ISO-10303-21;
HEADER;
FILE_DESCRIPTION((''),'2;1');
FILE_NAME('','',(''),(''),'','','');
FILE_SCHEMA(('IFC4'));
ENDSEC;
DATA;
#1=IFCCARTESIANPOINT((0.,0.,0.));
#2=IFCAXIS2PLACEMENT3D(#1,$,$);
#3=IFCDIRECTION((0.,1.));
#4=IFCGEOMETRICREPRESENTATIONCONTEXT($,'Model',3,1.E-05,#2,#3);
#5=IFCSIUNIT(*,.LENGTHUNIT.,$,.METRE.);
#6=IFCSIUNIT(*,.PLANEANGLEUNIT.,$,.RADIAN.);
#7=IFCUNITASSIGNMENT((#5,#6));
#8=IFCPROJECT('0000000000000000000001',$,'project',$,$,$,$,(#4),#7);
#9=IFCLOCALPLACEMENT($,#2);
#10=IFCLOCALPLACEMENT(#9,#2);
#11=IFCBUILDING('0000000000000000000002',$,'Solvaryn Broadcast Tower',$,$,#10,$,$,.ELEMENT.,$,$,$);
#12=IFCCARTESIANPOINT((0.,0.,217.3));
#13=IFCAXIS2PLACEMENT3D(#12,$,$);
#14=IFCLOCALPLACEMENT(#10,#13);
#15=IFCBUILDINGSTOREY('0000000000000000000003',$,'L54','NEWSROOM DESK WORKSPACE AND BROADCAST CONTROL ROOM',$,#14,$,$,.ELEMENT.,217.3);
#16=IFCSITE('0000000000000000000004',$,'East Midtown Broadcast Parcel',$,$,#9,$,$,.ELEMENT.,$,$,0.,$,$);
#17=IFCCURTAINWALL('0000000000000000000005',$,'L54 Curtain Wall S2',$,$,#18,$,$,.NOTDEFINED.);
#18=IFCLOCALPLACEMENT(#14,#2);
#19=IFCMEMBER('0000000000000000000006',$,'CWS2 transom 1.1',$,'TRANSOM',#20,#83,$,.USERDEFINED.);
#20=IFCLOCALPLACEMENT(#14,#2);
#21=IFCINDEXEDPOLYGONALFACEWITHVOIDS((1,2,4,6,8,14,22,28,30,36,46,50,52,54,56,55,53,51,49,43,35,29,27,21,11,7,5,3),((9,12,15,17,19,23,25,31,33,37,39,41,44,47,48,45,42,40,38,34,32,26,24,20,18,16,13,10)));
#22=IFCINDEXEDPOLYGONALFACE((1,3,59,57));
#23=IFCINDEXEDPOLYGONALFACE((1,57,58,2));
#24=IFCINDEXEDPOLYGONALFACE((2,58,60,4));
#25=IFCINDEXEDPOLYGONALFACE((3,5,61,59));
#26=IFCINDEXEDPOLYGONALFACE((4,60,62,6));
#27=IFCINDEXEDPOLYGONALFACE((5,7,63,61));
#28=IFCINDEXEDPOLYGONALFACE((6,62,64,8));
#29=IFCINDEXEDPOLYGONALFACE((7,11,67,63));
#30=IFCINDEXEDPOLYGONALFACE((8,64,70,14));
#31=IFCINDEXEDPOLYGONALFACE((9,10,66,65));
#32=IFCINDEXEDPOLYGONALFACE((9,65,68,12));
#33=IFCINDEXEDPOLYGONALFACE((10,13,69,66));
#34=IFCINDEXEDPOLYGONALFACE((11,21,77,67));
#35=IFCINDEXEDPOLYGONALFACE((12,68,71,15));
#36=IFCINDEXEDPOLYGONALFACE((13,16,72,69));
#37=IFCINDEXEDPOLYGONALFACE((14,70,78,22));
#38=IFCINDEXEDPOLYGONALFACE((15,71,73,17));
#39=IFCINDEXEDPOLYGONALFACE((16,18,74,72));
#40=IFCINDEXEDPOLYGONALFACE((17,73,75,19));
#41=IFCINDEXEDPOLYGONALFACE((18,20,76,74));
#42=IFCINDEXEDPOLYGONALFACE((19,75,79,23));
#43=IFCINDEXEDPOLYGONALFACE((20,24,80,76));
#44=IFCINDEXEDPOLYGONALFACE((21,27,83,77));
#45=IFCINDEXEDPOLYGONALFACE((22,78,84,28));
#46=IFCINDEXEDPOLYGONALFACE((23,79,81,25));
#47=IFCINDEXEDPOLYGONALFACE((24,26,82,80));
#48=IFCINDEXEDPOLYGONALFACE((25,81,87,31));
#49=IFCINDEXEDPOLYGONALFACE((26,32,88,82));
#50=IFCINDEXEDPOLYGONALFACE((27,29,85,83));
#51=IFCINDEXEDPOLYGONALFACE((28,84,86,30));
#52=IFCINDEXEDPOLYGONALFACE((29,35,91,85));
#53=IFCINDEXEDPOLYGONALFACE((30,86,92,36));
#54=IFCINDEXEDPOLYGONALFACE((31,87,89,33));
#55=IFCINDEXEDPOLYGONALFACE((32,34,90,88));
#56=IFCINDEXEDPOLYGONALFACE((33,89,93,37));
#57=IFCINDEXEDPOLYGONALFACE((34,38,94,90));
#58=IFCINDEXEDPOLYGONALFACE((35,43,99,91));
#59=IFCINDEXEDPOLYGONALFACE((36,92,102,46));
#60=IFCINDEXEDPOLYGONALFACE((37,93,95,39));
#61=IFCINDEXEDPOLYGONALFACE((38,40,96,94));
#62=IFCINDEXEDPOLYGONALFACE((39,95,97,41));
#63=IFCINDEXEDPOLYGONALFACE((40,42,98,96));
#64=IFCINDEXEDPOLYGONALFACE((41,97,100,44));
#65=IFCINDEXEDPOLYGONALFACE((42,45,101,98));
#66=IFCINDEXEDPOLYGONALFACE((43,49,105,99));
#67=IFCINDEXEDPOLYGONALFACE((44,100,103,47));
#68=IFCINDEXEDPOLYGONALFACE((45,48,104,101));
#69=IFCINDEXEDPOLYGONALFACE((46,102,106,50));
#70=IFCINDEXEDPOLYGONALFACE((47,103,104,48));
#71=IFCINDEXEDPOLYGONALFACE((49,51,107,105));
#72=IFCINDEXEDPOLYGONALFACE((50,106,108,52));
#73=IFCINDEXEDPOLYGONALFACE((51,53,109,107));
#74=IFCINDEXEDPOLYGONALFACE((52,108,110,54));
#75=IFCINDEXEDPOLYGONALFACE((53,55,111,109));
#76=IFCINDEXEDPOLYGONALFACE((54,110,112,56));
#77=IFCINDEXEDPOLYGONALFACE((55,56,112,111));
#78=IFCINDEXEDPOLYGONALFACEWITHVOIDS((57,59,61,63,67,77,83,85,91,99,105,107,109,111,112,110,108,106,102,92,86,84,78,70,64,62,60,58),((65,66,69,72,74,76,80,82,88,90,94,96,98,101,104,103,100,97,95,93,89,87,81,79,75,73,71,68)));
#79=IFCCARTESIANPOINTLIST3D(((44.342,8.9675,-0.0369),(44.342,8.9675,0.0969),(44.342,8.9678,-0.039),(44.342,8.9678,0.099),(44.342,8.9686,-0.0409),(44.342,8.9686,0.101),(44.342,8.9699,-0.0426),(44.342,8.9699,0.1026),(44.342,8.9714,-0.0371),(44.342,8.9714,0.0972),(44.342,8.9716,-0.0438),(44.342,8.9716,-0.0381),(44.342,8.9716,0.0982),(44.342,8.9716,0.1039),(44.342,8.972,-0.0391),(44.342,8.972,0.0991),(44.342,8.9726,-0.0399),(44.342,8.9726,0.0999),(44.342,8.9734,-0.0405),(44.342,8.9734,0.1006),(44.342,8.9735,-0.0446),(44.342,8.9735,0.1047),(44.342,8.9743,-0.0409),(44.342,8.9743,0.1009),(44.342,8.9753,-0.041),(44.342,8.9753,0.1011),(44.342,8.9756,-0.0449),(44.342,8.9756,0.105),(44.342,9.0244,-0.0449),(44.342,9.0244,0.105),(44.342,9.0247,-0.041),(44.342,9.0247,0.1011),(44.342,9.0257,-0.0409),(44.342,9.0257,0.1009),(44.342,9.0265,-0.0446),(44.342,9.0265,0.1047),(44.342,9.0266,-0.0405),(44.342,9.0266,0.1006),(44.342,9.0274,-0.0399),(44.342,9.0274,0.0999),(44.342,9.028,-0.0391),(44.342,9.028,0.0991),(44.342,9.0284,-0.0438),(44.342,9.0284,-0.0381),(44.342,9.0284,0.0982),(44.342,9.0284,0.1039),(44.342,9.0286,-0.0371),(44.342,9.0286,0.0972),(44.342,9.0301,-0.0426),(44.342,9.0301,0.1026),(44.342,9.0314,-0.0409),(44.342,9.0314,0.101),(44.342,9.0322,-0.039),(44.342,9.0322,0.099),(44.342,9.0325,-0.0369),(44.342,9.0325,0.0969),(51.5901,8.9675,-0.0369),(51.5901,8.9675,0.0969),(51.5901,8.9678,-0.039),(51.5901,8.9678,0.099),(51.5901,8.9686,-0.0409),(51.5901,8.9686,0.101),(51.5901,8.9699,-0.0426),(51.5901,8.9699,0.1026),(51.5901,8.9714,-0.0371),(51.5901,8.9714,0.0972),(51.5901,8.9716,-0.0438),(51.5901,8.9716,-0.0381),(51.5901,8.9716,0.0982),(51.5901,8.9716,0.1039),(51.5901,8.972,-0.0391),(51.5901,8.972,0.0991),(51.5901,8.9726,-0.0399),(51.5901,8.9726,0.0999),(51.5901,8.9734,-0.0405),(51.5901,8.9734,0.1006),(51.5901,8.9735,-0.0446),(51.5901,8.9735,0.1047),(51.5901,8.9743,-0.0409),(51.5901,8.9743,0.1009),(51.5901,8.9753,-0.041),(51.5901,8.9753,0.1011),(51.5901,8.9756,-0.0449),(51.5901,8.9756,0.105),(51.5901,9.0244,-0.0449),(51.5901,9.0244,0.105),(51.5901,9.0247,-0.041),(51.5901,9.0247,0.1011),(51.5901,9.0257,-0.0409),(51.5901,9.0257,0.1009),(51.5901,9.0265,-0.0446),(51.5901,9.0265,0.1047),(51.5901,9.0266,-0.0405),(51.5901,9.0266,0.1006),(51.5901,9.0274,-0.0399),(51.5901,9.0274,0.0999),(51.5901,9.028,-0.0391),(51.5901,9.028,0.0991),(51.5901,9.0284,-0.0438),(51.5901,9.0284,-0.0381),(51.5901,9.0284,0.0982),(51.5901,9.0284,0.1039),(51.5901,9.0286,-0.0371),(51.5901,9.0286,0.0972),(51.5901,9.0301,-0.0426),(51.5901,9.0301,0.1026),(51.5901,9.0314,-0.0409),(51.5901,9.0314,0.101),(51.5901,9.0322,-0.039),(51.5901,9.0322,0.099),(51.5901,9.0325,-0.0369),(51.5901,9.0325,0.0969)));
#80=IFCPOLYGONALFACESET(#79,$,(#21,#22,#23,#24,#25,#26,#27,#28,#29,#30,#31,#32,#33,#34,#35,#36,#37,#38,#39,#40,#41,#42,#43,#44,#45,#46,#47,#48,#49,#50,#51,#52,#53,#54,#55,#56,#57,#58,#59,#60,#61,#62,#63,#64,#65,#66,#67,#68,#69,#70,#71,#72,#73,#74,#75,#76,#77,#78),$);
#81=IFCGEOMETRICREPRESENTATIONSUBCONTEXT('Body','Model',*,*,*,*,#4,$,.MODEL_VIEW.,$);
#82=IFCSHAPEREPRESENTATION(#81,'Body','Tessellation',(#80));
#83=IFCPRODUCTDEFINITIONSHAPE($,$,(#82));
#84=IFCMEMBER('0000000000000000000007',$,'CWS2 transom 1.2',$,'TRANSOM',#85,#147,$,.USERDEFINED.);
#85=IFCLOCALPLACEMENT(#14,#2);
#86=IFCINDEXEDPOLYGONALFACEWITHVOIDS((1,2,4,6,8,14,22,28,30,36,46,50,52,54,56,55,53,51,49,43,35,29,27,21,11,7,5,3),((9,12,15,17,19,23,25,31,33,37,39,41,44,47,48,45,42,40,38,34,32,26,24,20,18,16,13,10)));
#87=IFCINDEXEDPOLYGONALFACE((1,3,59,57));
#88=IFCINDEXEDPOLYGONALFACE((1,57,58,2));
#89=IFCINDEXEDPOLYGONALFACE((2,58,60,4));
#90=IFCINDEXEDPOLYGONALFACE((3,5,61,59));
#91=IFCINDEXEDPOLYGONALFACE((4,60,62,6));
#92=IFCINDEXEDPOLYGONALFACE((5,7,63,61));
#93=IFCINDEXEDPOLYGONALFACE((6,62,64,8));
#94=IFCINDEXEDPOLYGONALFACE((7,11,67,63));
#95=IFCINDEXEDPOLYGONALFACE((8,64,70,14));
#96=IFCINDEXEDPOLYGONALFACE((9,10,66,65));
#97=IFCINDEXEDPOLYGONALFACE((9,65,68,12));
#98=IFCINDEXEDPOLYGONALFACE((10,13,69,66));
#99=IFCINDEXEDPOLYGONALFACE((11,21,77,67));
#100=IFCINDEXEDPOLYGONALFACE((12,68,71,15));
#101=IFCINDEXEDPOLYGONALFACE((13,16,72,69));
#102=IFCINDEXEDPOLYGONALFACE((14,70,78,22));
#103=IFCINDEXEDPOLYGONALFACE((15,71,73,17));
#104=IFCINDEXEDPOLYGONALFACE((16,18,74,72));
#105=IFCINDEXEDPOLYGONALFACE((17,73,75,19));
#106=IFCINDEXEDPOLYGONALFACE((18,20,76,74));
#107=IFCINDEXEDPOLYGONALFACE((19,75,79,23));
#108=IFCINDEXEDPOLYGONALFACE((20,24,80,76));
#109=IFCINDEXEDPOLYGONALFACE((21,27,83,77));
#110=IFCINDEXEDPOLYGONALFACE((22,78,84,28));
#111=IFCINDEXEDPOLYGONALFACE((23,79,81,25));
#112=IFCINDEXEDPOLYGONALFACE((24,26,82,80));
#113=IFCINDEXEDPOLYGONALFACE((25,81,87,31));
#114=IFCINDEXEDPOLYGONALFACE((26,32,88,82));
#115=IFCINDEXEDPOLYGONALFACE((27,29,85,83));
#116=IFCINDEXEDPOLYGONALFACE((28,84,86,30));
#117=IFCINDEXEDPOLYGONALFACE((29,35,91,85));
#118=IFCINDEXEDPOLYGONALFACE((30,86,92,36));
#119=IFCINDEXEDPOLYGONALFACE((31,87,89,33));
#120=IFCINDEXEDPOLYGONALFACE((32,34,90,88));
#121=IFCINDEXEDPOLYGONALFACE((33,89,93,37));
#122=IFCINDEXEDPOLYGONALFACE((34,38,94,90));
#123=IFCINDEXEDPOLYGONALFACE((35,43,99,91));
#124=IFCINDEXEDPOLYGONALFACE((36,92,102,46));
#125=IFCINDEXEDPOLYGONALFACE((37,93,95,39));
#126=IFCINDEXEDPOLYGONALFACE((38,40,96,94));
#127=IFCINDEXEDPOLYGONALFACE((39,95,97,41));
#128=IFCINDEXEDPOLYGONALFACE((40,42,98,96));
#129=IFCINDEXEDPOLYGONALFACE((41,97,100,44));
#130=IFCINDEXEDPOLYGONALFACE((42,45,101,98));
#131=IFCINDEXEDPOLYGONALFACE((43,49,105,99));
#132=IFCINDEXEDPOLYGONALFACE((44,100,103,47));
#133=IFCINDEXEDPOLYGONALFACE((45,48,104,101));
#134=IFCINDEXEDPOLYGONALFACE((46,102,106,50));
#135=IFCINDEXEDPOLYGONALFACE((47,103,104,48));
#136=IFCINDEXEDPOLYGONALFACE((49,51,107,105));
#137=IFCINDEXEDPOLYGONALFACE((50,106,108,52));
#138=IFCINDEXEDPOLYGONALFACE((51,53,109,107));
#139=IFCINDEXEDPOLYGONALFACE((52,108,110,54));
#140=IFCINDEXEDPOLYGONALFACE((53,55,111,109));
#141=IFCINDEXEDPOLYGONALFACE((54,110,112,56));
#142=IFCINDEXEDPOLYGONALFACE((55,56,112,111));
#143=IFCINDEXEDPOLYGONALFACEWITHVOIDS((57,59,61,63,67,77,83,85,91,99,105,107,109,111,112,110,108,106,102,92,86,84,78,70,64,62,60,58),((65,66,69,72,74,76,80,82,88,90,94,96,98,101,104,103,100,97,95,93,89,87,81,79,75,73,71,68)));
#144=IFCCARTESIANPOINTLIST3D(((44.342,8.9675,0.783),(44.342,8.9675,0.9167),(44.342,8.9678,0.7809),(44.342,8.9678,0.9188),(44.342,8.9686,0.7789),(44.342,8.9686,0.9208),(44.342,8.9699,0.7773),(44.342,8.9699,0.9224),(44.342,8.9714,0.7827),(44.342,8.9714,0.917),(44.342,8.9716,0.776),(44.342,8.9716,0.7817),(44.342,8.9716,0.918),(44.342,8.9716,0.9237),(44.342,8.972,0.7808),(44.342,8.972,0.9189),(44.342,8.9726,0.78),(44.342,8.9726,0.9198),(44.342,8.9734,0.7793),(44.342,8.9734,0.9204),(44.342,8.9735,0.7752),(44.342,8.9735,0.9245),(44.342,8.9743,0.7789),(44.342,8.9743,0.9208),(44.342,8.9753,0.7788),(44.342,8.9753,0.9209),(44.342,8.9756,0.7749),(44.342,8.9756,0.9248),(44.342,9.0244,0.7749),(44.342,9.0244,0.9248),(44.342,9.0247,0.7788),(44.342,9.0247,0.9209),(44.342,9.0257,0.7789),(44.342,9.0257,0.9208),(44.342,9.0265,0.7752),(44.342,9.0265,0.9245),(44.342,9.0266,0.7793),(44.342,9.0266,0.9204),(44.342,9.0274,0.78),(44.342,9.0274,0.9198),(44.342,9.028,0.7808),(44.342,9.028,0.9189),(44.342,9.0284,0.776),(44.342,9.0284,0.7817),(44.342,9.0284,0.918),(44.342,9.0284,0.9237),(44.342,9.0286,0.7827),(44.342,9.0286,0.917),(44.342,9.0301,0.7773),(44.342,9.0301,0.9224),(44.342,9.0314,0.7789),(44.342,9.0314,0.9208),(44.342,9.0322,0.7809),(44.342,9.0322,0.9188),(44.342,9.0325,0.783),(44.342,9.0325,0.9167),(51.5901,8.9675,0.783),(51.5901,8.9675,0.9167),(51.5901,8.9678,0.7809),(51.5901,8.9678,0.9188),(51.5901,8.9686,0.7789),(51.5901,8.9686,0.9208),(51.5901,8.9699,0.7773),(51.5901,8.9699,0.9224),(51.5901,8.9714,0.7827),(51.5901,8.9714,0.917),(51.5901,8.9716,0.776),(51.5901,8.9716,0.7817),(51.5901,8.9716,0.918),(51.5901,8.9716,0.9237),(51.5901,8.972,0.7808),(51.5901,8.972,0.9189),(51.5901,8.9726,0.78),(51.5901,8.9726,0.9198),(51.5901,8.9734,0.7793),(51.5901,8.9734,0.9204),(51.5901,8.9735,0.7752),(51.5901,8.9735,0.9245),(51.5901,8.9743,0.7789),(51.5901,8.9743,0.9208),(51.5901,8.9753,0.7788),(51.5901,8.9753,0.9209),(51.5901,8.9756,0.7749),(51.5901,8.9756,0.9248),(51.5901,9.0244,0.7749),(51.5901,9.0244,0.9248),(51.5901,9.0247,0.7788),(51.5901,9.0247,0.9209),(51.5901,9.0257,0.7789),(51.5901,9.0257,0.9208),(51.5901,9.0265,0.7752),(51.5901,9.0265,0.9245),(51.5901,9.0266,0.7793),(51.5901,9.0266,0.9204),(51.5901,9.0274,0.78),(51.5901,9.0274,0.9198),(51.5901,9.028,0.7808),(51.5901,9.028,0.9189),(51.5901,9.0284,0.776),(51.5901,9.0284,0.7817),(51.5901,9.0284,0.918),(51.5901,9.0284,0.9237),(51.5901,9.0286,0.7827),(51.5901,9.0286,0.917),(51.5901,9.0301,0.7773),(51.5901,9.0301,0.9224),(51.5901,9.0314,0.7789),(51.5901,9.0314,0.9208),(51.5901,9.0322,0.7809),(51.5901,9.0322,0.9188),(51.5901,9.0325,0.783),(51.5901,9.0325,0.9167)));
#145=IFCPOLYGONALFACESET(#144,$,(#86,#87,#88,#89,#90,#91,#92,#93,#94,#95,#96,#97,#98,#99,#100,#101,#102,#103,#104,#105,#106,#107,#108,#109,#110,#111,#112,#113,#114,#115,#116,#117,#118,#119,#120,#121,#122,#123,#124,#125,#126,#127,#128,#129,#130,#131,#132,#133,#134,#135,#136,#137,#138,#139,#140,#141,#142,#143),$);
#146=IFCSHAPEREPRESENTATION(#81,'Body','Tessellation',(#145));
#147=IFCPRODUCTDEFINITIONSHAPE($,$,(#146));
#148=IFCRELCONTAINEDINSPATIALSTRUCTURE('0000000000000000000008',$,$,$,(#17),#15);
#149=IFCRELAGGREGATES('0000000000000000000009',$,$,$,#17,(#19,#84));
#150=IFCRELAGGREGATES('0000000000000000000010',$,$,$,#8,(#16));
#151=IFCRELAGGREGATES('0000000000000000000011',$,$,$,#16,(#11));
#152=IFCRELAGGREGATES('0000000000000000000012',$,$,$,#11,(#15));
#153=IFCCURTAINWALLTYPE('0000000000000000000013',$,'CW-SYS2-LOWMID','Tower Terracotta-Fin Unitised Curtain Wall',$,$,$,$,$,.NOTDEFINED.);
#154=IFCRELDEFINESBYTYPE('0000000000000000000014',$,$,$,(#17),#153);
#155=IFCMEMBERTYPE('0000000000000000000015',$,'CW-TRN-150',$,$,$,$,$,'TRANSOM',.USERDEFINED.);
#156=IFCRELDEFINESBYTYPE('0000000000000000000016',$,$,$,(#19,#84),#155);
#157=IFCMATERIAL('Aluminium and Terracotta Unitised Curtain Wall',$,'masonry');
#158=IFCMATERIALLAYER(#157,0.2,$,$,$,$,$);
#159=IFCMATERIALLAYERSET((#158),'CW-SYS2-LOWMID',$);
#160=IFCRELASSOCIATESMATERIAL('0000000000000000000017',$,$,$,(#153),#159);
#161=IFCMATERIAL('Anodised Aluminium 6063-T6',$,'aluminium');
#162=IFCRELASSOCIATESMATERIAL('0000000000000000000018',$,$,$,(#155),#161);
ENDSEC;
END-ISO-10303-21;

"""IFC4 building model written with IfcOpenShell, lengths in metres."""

from ifc_helpers import new_model, si_unit, direction, frame, origin, origin_2d, place, context, subcontext, project, spatial, hollow_rectangle, extrude, material, layer, layer_set, material_profile, profile_set, type_object, element, aggregate, save


model = new_model("IFC4")

# Units and contexts
model_context = context("Model", 3, precision=1e-05, world=origin(), true_north=direction((0.0, 1.0)))
body_context = subcontext(model_context, "Body", "Model", "MODEL_VIEW")
ifc_project = project(units=[si_unit("LENGTHUNIT", "METRE"), si_unit("PLANEANGLEUNIT", "RADIAN")], contexts=[model_context])

# Site, building, storey
site_placement = place(None, origin())
site = spatial("IfcSite", under=ifc_project, at=site_placement, Name="East Midtown Broadcast Parcel", CompositionType="ELEMENT", RefElevation=0.0)
building_placement = place(site_placement, origin())
building = spatial("IfcBuilding", under=site, at=building_placement, Name="Solvaryn Broadcast Tower", CompositionType="ELEMENT")
storey_placement = place(building_placement, frame((0.0, 0.0, 217.3)))
storey = spatial("IfcBuildingStorey", under=building, at=storey_placement, Name="L54", Description="NEWSROOM DESK WORKSPACE AND BROADCAST CONTROL ROOM", CompositionType="ELEMENT", Elevation=217.3)

# Shared definitions
ifc_material_1 = material(Name="Aluminium and Terracotta Unitised Curtain Wall", Category="masonry")
ifc_layer_1 = layer(ifc_material_1, 0.2)
ifc_layer_set_1 = layer_set([ifc_layer_1], Name="CW-SYS2-LOWMID")
curtain_wall_type = type_object("IfcCurtainWallType", Name="CW-SYS2-LOWMID", Description="Tower Terracotta-Fin Unitised Curtain Wall", PredefinedType="NOTDEFINED", material=ifc_layer_set_1)

# Curtain wall, members
curtain_wall_1_placement = place(storey_placement, origin())
curtain_wall_1 = element("IfcCurtainWall", 1, at=curtain_wall_1_placement, inside=storey, type_object=curtain_wall_type, Name="L54 Curtain Wall S2", PredefinedType="NOTDEFINED")
ifc_material_2 = material(Name="Anodised Aluminium 6063-T6", Category="aluminium")
ifc_material_profile_1 = material_profile(ifc_material_2, hollow_rectangle(XDim=0.0649, YDim=0.1499, WallThickness=0.0039, InnerFilletRadius=0.0039, OuterFilletRadius=0.0081, at=origin_2d()))
ifc_profile_set_1 = profile_set([ifc_material_profile_1], Name="Anodised Aluminium 6063-T6")
member_type_1 = type_object("IfcMemberType", Name="CW-TRN-150", ElementType="TRANSOM", PredefinedType="USERDEFINED", material=ifc_profile_set_1)
member_1_placement = place(storey_placement, frame((44.342, 9.0, 0.03), z_axis=(1.0, 0.0, 0.0), x_axis=(0.0, 1.0, 0.0)))
member_1 = element("IfcMember", 2, at=member_1_placement, type_object=member_type_1, Name="CWS2 transom 1.1", ObjectType="TRANSOM", PredefinedType="USERDEFINED", context=body_context, shape_type="SweptSolid", body=[
    extrude(hollow_rectangle(XDim=0.0649, YDim=0.1499, WallThickness=0.0039, InnerFilletRadius=0.0039, OuterFilletRadius=0.0081, at=origin_2d()), origin(), (0.0, 0.0, 1.0), 7.248),
])
member_2_placement = place(storey_placement, frame((44.342, 9.0, 0.8499), z_axis=(1.0, 0.0, 0.0), x_axis=(0.0, 1.0, 0.0)))
member_2 = element("IfcMember", 3, at=member_2_placement, type_object=member_type_1, Name="CWS2 transom 1.2", ObjectType="TRANSOM", PredefinedType="USERDEFINED", context=body_context, shape_type="SweptSolid", body=[
    extrude(hollow_rectangle(XDim=0.0649, YDim=0.1499, WallThickness=0.0039, InnerFilletRadius=0.0039, OuterFilletRadius=0.0081, at=origin_2d()), origin(), (0.0, 0.0, 1.0), 7.248),
])
aggregate(curtain_wall_1, [member_1, member_2])

save(model, "model.ifc")
